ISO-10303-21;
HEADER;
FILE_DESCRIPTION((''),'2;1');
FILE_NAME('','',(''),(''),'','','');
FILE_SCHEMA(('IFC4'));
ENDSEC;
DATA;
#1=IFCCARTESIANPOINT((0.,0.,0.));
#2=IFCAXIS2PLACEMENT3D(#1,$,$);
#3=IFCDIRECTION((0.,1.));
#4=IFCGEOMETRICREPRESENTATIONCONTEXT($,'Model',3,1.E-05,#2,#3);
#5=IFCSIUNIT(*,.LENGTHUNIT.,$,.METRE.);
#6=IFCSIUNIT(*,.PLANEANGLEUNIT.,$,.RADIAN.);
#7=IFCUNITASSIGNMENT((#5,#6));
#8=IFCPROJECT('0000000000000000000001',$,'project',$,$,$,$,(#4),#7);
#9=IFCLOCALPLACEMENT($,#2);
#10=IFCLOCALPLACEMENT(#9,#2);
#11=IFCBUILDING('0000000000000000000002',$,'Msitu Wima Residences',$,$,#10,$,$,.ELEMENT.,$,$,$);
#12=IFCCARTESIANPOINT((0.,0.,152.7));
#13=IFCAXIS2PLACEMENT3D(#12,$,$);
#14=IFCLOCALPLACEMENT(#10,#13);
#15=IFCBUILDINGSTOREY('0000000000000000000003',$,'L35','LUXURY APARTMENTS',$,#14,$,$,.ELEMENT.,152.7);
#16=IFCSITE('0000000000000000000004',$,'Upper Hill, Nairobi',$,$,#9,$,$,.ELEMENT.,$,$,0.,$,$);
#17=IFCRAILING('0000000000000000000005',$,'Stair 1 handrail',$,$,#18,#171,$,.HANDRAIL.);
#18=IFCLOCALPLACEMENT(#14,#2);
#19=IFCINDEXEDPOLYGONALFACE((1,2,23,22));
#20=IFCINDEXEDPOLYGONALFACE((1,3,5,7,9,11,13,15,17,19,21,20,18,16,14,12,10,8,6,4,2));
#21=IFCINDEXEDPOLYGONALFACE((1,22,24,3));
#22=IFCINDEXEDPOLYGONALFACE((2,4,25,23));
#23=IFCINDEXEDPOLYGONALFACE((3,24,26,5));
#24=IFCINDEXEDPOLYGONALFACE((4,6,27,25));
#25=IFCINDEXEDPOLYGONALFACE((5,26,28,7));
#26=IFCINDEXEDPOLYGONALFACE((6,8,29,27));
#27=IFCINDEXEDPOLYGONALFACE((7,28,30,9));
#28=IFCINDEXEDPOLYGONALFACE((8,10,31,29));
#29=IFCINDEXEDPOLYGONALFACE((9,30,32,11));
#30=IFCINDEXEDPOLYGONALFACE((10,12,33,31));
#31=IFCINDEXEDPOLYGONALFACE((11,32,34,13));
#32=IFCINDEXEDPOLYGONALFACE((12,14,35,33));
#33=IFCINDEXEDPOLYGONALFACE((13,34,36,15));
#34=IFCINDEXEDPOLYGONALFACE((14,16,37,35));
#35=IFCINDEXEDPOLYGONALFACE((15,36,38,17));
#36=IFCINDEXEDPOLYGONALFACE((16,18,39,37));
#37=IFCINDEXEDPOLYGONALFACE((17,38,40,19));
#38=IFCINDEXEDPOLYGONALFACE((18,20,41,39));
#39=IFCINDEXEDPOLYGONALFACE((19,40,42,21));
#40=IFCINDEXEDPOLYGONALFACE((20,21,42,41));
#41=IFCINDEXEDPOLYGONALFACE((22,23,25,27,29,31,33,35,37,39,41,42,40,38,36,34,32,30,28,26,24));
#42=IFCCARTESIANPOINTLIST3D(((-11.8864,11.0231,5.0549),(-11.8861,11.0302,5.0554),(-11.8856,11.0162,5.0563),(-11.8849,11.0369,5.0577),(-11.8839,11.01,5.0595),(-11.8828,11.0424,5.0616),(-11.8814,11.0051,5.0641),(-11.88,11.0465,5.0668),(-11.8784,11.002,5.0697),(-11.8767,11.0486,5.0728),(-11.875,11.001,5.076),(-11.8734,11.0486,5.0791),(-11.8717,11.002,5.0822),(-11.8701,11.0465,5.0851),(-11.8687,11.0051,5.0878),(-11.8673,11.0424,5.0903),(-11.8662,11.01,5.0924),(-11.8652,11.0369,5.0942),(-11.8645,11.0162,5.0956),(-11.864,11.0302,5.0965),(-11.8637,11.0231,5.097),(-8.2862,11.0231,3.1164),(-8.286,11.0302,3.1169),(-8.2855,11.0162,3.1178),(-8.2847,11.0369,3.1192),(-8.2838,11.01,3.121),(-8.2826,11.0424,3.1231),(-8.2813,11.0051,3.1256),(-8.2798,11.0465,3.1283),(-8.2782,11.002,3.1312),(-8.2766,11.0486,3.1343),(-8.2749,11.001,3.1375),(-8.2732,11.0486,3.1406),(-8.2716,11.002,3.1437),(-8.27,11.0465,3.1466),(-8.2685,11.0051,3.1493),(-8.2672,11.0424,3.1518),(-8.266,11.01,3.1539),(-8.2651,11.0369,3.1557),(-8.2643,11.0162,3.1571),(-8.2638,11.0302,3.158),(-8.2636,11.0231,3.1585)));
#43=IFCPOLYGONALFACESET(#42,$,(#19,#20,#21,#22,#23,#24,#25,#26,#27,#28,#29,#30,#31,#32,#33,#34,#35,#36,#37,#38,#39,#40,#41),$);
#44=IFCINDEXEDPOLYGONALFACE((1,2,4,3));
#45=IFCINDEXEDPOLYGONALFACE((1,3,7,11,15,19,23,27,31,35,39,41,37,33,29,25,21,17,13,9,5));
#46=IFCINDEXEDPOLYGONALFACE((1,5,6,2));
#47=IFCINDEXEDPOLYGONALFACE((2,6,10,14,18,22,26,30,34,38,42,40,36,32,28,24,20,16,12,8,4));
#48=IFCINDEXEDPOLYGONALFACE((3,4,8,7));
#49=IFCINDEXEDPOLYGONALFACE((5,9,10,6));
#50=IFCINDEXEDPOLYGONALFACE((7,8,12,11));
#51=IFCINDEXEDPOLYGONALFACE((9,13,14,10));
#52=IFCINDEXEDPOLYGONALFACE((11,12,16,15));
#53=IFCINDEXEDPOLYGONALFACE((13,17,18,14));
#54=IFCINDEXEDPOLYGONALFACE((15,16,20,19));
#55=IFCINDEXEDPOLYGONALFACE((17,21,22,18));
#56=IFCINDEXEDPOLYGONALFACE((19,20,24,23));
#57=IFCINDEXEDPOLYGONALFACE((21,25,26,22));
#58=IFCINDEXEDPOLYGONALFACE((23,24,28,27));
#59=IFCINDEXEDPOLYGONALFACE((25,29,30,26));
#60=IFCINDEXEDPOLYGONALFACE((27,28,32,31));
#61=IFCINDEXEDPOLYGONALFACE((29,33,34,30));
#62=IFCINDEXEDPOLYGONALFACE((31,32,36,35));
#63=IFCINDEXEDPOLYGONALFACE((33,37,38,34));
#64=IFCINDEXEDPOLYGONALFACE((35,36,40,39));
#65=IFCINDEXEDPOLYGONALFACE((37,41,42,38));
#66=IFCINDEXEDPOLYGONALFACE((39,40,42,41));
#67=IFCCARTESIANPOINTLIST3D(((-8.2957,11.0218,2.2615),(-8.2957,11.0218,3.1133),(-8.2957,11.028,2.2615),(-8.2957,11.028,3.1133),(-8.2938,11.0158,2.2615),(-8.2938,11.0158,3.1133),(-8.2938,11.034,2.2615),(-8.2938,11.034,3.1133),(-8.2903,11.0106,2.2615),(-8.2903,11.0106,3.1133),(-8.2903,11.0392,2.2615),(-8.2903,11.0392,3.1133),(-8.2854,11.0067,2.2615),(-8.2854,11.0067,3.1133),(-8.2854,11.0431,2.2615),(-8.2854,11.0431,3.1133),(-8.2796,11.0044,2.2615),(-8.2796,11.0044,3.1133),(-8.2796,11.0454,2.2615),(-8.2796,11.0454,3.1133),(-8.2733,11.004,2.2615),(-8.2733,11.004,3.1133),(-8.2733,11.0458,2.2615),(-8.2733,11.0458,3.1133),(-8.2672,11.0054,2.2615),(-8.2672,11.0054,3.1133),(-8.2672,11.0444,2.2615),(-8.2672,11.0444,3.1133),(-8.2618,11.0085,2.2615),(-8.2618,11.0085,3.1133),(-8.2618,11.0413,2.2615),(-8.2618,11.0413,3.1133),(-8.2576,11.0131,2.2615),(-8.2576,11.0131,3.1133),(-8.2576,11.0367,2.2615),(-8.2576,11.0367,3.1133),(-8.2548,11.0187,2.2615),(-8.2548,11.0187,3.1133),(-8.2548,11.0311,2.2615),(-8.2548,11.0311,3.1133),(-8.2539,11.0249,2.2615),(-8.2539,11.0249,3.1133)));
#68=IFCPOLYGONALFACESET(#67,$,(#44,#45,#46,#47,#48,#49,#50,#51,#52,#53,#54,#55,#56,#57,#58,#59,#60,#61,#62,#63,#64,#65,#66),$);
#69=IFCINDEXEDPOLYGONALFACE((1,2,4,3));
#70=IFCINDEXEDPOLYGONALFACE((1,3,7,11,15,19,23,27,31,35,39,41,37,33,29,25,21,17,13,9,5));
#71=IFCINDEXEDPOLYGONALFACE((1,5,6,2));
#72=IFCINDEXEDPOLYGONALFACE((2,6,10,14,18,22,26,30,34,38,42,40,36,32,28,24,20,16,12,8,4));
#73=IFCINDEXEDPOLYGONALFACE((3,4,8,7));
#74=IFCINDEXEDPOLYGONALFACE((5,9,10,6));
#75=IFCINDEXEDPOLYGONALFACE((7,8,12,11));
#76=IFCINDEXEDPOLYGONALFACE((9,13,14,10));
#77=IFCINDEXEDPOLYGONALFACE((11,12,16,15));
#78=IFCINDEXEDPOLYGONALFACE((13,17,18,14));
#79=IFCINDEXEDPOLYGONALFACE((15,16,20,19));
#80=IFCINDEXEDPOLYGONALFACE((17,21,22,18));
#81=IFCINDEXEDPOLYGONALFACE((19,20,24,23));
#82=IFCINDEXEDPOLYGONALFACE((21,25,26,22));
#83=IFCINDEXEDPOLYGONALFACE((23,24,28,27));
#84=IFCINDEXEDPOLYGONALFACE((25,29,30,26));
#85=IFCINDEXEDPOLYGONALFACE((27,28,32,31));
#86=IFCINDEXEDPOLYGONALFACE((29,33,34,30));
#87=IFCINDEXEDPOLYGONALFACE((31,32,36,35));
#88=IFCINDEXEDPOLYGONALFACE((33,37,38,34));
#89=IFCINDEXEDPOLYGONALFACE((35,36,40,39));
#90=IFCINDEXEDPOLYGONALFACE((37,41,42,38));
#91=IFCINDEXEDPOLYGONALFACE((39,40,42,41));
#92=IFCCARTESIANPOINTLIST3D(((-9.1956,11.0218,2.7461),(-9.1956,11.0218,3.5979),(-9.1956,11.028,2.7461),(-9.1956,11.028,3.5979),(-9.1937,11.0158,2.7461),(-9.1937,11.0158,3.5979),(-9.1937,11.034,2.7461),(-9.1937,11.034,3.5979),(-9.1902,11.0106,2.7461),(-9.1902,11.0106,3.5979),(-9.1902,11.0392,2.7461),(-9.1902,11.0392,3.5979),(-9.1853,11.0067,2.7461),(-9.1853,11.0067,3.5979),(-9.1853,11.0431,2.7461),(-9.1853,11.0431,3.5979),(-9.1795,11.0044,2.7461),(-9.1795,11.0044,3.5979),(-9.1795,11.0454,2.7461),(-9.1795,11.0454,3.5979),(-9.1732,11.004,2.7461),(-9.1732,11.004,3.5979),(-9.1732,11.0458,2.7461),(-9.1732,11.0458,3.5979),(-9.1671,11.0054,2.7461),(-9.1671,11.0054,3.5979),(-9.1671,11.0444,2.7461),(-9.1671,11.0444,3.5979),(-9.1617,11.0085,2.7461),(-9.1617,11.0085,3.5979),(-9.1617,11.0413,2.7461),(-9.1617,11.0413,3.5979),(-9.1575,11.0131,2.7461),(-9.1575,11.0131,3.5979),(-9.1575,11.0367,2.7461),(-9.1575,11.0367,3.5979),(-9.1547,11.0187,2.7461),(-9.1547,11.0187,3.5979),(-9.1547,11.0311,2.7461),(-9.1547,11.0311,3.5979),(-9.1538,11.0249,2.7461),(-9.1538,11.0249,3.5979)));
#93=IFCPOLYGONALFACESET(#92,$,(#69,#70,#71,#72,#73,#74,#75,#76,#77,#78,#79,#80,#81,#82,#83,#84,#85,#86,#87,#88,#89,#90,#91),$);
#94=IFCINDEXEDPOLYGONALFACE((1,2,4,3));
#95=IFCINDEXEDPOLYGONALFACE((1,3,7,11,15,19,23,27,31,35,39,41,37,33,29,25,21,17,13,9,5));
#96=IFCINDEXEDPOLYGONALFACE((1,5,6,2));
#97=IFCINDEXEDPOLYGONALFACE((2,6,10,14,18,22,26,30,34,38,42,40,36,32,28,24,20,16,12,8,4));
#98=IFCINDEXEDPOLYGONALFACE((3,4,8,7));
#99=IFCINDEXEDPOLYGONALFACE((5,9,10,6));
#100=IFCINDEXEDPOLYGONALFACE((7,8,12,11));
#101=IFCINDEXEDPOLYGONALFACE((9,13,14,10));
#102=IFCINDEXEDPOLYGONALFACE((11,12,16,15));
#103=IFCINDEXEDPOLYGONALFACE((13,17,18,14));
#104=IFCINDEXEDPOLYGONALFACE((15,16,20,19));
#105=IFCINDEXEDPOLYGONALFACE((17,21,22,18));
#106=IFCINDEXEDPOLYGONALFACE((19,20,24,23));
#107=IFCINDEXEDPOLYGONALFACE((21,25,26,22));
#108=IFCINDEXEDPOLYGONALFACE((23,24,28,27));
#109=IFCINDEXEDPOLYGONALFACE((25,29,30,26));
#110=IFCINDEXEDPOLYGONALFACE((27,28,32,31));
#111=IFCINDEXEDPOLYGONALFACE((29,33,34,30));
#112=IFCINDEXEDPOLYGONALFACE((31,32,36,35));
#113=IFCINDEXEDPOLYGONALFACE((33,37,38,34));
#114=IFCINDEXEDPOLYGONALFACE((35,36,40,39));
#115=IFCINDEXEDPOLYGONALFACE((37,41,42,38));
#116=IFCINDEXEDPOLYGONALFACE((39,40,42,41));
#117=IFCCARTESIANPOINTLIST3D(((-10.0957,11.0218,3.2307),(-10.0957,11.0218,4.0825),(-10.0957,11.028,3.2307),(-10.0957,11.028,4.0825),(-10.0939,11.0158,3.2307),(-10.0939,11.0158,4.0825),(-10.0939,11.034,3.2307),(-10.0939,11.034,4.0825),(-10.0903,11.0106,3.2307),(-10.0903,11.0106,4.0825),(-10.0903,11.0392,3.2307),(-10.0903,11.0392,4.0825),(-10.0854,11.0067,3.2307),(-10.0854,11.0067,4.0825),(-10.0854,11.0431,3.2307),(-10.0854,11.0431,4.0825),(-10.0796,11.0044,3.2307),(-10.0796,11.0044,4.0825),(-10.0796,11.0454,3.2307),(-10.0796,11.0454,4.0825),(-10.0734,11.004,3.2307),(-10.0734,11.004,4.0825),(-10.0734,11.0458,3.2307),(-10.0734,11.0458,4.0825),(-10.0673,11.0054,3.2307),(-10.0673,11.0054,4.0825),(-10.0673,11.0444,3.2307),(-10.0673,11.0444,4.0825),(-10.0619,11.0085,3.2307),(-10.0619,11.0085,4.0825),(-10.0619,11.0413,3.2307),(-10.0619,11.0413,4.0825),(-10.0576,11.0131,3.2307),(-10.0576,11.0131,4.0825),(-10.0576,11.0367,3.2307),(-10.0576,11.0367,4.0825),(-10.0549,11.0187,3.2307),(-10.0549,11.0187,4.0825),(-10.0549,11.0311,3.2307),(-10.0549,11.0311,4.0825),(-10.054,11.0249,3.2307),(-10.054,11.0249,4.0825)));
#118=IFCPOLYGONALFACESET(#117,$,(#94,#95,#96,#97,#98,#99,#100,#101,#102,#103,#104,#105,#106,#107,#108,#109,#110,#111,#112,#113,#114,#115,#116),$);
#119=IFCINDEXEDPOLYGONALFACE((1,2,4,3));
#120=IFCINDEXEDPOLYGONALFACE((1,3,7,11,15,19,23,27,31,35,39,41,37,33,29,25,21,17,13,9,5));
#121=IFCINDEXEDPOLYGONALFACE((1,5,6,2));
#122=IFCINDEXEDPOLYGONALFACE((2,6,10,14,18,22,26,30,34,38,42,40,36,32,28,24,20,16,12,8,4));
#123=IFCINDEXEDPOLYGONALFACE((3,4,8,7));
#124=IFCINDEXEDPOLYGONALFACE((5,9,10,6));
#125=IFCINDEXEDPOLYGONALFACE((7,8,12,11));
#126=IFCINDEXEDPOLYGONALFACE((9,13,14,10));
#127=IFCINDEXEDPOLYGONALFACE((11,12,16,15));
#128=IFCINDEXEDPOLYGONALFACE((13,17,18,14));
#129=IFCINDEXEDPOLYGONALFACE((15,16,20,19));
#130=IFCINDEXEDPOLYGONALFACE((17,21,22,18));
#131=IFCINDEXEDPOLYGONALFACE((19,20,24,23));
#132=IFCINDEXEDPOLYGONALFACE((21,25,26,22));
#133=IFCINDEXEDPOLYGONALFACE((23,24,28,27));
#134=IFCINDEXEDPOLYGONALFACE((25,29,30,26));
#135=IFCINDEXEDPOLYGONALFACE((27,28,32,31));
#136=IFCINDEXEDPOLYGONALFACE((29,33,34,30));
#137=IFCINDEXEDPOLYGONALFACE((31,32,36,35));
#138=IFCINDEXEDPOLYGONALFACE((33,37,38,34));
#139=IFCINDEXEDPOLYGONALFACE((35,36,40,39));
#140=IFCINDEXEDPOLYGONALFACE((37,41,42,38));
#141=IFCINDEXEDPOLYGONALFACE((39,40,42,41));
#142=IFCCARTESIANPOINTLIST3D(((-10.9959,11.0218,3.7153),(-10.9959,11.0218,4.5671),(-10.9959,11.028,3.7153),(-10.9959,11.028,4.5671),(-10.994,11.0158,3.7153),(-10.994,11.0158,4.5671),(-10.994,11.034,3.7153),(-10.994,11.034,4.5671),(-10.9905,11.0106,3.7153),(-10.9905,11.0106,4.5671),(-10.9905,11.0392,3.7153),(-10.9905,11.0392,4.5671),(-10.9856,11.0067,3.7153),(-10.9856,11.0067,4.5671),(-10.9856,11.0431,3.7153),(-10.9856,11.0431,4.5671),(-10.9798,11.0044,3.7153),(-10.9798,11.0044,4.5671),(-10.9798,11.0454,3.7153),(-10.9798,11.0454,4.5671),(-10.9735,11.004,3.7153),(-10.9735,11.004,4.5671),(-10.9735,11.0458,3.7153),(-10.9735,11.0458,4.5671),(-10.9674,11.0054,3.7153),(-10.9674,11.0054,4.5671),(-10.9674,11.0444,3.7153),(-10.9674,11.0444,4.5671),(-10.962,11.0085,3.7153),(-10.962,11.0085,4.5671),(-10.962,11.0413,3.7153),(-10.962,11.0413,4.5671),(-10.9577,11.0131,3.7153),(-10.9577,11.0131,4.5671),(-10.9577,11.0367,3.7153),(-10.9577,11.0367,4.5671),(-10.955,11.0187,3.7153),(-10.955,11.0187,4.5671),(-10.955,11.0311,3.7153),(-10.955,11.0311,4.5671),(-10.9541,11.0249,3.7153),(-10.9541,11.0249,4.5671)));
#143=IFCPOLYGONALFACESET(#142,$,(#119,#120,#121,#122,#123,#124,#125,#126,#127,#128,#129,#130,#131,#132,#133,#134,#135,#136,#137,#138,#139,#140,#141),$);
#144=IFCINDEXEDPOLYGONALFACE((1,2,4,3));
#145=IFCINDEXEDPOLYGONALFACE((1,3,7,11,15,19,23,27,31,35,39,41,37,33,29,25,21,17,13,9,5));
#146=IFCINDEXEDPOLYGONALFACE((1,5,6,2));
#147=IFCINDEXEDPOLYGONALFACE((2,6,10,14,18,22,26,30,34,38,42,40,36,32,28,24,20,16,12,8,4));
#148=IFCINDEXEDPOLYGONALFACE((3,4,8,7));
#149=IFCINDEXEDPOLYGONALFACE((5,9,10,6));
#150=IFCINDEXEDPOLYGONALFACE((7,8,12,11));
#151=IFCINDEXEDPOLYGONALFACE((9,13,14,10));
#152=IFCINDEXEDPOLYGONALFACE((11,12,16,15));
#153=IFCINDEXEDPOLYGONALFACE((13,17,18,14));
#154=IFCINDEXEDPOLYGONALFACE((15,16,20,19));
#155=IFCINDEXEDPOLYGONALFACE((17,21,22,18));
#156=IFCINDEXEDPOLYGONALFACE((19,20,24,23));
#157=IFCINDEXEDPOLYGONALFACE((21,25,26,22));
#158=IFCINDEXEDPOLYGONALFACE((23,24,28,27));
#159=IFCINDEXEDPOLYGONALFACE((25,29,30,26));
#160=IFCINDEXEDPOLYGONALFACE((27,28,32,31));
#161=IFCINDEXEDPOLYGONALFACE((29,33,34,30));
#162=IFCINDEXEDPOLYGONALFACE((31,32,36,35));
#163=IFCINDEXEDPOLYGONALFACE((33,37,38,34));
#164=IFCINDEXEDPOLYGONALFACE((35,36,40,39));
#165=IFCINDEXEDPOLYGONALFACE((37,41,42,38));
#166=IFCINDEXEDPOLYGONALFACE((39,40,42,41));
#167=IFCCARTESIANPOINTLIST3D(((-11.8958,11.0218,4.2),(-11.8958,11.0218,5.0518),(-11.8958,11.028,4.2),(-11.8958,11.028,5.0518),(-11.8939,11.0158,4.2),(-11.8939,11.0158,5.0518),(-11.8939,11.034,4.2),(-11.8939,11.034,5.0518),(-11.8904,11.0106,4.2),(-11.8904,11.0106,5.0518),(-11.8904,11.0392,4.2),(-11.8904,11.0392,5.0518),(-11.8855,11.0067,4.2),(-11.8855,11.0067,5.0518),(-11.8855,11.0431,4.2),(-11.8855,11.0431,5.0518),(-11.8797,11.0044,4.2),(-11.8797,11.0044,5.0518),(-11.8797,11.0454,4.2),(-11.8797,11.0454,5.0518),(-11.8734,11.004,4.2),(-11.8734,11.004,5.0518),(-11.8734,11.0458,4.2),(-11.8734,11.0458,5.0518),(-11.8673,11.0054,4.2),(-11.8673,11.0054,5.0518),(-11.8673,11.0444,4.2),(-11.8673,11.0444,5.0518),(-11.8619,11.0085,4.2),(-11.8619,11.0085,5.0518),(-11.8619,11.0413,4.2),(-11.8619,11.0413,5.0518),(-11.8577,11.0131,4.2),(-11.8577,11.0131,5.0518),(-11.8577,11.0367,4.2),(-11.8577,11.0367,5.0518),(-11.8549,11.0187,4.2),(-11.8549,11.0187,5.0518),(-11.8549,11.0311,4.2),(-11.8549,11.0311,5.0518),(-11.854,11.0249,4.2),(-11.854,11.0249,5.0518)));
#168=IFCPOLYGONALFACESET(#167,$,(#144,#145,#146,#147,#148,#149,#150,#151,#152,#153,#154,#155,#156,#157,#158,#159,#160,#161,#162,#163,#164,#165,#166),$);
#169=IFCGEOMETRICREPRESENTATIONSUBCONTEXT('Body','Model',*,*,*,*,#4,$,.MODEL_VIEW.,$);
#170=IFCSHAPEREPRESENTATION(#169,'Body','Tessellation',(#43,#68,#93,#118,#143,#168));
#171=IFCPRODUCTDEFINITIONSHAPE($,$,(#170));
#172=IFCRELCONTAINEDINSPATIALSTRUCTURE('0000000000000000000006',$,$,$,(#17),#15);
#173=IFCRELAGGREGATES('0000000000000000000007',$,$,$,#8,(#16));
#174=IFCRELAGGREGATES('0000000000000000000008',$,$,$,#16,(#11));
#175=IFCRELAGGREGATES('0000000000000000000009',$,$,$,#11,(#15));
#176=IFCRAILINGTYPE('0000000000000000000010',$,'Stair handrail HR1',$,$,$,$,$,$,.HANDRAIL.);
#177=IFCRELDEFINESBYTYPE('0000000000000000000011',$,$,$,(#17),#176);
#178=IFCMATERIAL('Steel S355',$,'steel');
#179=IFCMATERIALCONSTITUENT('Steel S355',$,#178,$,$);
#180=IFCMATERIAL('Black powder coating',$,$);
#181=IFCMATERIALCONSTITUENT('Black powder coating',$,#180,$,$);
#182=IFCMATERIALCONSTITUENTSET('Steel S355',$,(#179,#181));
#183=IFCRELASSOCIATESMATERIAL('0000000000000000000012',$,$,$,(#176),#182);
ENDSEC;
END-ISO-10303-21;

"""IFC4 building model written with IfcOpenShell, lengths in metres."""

from ifc_helpers import new_model, si_unit, direction, frame, origin, origin_2d, place, context, subcontext, project, spatial, circle, extrude, material, constituent, constituent_set, type_object, element, save


model = new_model("IFC4")

# Units and contexts
model_context = context("Model", 3, precision=1e-05, world=origin(), true_north=direction((0.0, 1.0)))
body_context = subcontext(model_context, "Body", "Model", "MODEL_VIEW")
ifc_project = project(units=[si_unit("LENGTHUNIT", "METRE"), si_unit("PLANEANGLEUNIT", "RADIAN")], contexts=[model_context])

# Site, building, storey
site_placement = place(None, origin())
site = spatial("IfcSite", under=ifc_project, at=site_placement, Name="Upper Hill, Nairobi", CompositionType="ELEMENT", RefElevation=0.0)
building_placement = place(site_placement, origin())
building = spatial("IfcBuilding", under=site, at=building_placement, Name="Msitu Wima Residences", CompositionType="ELEMENT")
storey_placement = place(building_placement, frame((0.0, 0.0, 152.7)))
storey = spatial("IfcBuildingStorey", under=building, at=storey_placement, Name="L35", Description="LUXURY APARTMENTS", CompositionType="ELEMENT", Elevation=152.7)

# Railing
ifc_material_1 = material(Name="Steel S355", Category="steel")
ifc_constituent_1 = constituent(ifc_material_1, Name="Steel S355")
ifc_material_2 = material(Name="Black powder coating")
ifc_constituent_2 = constituent(ifc_material_2, Name="Black powder coating")
ifc_constituent_set = constituent_set(constituents=[ifc_constituent_1, ifc_constituent_2], Name="Steel S355")
railing_type = type_object("IfcRailingType", Name="Stair handrail HR1", PredefinedType="HANDRAIL", material=ifc_constituent_set)
railing_placement = place(storey_placement, frame((-8.2749, 11.0249, 2.2615)))
element("IfcRailing", 1, at=railing_placement, inside=storey, type_object=railing_type, Name="Stair 1 handrail", PredefinedType="HANDRAIL", context=body_context, shape_type="SweptSolid", body=[
    extrude(circle(Radius=0.0239, at=origin_2d()), frame((0.0, 0.0, 0.876), z_axis=(-0.880475, 0.0, 0.474093), x_axis=(0.0, -1.0, 0.0)), (0.0, 0.0, 1.0), 4.0889),
    extrude(circle(Radius=0.021, at=origin_2d()), origin(), (0.0, 0.0, 1.0), 0.8518),
    extrude(circle(Radius=0.021, at=origin_2d()), frame((-0.8999, 0.0, 0.4846)), (0.0, 0.0, 1.0), 0.8518),
    extrude(circle(Radius=0.021, at=origin_2d()), frame((-1.8, 0.0, 0.9692)), (0.0, 0.0, 1.0), 0.8518),
    extrude(circle(Radius=0.021, at=origin_2d()), frame((-2.7002, 0.0, 1.4539)), (0.0, 0.0, 1.0), 0.8518),
    extrude(circle(Radius=0.021, at=origin_2d()), frame((-3.6001, 0.0, 1.9385)), (0.0, 0.0, 1.0), 0.8518),
])

save(model, "model.ifc")
